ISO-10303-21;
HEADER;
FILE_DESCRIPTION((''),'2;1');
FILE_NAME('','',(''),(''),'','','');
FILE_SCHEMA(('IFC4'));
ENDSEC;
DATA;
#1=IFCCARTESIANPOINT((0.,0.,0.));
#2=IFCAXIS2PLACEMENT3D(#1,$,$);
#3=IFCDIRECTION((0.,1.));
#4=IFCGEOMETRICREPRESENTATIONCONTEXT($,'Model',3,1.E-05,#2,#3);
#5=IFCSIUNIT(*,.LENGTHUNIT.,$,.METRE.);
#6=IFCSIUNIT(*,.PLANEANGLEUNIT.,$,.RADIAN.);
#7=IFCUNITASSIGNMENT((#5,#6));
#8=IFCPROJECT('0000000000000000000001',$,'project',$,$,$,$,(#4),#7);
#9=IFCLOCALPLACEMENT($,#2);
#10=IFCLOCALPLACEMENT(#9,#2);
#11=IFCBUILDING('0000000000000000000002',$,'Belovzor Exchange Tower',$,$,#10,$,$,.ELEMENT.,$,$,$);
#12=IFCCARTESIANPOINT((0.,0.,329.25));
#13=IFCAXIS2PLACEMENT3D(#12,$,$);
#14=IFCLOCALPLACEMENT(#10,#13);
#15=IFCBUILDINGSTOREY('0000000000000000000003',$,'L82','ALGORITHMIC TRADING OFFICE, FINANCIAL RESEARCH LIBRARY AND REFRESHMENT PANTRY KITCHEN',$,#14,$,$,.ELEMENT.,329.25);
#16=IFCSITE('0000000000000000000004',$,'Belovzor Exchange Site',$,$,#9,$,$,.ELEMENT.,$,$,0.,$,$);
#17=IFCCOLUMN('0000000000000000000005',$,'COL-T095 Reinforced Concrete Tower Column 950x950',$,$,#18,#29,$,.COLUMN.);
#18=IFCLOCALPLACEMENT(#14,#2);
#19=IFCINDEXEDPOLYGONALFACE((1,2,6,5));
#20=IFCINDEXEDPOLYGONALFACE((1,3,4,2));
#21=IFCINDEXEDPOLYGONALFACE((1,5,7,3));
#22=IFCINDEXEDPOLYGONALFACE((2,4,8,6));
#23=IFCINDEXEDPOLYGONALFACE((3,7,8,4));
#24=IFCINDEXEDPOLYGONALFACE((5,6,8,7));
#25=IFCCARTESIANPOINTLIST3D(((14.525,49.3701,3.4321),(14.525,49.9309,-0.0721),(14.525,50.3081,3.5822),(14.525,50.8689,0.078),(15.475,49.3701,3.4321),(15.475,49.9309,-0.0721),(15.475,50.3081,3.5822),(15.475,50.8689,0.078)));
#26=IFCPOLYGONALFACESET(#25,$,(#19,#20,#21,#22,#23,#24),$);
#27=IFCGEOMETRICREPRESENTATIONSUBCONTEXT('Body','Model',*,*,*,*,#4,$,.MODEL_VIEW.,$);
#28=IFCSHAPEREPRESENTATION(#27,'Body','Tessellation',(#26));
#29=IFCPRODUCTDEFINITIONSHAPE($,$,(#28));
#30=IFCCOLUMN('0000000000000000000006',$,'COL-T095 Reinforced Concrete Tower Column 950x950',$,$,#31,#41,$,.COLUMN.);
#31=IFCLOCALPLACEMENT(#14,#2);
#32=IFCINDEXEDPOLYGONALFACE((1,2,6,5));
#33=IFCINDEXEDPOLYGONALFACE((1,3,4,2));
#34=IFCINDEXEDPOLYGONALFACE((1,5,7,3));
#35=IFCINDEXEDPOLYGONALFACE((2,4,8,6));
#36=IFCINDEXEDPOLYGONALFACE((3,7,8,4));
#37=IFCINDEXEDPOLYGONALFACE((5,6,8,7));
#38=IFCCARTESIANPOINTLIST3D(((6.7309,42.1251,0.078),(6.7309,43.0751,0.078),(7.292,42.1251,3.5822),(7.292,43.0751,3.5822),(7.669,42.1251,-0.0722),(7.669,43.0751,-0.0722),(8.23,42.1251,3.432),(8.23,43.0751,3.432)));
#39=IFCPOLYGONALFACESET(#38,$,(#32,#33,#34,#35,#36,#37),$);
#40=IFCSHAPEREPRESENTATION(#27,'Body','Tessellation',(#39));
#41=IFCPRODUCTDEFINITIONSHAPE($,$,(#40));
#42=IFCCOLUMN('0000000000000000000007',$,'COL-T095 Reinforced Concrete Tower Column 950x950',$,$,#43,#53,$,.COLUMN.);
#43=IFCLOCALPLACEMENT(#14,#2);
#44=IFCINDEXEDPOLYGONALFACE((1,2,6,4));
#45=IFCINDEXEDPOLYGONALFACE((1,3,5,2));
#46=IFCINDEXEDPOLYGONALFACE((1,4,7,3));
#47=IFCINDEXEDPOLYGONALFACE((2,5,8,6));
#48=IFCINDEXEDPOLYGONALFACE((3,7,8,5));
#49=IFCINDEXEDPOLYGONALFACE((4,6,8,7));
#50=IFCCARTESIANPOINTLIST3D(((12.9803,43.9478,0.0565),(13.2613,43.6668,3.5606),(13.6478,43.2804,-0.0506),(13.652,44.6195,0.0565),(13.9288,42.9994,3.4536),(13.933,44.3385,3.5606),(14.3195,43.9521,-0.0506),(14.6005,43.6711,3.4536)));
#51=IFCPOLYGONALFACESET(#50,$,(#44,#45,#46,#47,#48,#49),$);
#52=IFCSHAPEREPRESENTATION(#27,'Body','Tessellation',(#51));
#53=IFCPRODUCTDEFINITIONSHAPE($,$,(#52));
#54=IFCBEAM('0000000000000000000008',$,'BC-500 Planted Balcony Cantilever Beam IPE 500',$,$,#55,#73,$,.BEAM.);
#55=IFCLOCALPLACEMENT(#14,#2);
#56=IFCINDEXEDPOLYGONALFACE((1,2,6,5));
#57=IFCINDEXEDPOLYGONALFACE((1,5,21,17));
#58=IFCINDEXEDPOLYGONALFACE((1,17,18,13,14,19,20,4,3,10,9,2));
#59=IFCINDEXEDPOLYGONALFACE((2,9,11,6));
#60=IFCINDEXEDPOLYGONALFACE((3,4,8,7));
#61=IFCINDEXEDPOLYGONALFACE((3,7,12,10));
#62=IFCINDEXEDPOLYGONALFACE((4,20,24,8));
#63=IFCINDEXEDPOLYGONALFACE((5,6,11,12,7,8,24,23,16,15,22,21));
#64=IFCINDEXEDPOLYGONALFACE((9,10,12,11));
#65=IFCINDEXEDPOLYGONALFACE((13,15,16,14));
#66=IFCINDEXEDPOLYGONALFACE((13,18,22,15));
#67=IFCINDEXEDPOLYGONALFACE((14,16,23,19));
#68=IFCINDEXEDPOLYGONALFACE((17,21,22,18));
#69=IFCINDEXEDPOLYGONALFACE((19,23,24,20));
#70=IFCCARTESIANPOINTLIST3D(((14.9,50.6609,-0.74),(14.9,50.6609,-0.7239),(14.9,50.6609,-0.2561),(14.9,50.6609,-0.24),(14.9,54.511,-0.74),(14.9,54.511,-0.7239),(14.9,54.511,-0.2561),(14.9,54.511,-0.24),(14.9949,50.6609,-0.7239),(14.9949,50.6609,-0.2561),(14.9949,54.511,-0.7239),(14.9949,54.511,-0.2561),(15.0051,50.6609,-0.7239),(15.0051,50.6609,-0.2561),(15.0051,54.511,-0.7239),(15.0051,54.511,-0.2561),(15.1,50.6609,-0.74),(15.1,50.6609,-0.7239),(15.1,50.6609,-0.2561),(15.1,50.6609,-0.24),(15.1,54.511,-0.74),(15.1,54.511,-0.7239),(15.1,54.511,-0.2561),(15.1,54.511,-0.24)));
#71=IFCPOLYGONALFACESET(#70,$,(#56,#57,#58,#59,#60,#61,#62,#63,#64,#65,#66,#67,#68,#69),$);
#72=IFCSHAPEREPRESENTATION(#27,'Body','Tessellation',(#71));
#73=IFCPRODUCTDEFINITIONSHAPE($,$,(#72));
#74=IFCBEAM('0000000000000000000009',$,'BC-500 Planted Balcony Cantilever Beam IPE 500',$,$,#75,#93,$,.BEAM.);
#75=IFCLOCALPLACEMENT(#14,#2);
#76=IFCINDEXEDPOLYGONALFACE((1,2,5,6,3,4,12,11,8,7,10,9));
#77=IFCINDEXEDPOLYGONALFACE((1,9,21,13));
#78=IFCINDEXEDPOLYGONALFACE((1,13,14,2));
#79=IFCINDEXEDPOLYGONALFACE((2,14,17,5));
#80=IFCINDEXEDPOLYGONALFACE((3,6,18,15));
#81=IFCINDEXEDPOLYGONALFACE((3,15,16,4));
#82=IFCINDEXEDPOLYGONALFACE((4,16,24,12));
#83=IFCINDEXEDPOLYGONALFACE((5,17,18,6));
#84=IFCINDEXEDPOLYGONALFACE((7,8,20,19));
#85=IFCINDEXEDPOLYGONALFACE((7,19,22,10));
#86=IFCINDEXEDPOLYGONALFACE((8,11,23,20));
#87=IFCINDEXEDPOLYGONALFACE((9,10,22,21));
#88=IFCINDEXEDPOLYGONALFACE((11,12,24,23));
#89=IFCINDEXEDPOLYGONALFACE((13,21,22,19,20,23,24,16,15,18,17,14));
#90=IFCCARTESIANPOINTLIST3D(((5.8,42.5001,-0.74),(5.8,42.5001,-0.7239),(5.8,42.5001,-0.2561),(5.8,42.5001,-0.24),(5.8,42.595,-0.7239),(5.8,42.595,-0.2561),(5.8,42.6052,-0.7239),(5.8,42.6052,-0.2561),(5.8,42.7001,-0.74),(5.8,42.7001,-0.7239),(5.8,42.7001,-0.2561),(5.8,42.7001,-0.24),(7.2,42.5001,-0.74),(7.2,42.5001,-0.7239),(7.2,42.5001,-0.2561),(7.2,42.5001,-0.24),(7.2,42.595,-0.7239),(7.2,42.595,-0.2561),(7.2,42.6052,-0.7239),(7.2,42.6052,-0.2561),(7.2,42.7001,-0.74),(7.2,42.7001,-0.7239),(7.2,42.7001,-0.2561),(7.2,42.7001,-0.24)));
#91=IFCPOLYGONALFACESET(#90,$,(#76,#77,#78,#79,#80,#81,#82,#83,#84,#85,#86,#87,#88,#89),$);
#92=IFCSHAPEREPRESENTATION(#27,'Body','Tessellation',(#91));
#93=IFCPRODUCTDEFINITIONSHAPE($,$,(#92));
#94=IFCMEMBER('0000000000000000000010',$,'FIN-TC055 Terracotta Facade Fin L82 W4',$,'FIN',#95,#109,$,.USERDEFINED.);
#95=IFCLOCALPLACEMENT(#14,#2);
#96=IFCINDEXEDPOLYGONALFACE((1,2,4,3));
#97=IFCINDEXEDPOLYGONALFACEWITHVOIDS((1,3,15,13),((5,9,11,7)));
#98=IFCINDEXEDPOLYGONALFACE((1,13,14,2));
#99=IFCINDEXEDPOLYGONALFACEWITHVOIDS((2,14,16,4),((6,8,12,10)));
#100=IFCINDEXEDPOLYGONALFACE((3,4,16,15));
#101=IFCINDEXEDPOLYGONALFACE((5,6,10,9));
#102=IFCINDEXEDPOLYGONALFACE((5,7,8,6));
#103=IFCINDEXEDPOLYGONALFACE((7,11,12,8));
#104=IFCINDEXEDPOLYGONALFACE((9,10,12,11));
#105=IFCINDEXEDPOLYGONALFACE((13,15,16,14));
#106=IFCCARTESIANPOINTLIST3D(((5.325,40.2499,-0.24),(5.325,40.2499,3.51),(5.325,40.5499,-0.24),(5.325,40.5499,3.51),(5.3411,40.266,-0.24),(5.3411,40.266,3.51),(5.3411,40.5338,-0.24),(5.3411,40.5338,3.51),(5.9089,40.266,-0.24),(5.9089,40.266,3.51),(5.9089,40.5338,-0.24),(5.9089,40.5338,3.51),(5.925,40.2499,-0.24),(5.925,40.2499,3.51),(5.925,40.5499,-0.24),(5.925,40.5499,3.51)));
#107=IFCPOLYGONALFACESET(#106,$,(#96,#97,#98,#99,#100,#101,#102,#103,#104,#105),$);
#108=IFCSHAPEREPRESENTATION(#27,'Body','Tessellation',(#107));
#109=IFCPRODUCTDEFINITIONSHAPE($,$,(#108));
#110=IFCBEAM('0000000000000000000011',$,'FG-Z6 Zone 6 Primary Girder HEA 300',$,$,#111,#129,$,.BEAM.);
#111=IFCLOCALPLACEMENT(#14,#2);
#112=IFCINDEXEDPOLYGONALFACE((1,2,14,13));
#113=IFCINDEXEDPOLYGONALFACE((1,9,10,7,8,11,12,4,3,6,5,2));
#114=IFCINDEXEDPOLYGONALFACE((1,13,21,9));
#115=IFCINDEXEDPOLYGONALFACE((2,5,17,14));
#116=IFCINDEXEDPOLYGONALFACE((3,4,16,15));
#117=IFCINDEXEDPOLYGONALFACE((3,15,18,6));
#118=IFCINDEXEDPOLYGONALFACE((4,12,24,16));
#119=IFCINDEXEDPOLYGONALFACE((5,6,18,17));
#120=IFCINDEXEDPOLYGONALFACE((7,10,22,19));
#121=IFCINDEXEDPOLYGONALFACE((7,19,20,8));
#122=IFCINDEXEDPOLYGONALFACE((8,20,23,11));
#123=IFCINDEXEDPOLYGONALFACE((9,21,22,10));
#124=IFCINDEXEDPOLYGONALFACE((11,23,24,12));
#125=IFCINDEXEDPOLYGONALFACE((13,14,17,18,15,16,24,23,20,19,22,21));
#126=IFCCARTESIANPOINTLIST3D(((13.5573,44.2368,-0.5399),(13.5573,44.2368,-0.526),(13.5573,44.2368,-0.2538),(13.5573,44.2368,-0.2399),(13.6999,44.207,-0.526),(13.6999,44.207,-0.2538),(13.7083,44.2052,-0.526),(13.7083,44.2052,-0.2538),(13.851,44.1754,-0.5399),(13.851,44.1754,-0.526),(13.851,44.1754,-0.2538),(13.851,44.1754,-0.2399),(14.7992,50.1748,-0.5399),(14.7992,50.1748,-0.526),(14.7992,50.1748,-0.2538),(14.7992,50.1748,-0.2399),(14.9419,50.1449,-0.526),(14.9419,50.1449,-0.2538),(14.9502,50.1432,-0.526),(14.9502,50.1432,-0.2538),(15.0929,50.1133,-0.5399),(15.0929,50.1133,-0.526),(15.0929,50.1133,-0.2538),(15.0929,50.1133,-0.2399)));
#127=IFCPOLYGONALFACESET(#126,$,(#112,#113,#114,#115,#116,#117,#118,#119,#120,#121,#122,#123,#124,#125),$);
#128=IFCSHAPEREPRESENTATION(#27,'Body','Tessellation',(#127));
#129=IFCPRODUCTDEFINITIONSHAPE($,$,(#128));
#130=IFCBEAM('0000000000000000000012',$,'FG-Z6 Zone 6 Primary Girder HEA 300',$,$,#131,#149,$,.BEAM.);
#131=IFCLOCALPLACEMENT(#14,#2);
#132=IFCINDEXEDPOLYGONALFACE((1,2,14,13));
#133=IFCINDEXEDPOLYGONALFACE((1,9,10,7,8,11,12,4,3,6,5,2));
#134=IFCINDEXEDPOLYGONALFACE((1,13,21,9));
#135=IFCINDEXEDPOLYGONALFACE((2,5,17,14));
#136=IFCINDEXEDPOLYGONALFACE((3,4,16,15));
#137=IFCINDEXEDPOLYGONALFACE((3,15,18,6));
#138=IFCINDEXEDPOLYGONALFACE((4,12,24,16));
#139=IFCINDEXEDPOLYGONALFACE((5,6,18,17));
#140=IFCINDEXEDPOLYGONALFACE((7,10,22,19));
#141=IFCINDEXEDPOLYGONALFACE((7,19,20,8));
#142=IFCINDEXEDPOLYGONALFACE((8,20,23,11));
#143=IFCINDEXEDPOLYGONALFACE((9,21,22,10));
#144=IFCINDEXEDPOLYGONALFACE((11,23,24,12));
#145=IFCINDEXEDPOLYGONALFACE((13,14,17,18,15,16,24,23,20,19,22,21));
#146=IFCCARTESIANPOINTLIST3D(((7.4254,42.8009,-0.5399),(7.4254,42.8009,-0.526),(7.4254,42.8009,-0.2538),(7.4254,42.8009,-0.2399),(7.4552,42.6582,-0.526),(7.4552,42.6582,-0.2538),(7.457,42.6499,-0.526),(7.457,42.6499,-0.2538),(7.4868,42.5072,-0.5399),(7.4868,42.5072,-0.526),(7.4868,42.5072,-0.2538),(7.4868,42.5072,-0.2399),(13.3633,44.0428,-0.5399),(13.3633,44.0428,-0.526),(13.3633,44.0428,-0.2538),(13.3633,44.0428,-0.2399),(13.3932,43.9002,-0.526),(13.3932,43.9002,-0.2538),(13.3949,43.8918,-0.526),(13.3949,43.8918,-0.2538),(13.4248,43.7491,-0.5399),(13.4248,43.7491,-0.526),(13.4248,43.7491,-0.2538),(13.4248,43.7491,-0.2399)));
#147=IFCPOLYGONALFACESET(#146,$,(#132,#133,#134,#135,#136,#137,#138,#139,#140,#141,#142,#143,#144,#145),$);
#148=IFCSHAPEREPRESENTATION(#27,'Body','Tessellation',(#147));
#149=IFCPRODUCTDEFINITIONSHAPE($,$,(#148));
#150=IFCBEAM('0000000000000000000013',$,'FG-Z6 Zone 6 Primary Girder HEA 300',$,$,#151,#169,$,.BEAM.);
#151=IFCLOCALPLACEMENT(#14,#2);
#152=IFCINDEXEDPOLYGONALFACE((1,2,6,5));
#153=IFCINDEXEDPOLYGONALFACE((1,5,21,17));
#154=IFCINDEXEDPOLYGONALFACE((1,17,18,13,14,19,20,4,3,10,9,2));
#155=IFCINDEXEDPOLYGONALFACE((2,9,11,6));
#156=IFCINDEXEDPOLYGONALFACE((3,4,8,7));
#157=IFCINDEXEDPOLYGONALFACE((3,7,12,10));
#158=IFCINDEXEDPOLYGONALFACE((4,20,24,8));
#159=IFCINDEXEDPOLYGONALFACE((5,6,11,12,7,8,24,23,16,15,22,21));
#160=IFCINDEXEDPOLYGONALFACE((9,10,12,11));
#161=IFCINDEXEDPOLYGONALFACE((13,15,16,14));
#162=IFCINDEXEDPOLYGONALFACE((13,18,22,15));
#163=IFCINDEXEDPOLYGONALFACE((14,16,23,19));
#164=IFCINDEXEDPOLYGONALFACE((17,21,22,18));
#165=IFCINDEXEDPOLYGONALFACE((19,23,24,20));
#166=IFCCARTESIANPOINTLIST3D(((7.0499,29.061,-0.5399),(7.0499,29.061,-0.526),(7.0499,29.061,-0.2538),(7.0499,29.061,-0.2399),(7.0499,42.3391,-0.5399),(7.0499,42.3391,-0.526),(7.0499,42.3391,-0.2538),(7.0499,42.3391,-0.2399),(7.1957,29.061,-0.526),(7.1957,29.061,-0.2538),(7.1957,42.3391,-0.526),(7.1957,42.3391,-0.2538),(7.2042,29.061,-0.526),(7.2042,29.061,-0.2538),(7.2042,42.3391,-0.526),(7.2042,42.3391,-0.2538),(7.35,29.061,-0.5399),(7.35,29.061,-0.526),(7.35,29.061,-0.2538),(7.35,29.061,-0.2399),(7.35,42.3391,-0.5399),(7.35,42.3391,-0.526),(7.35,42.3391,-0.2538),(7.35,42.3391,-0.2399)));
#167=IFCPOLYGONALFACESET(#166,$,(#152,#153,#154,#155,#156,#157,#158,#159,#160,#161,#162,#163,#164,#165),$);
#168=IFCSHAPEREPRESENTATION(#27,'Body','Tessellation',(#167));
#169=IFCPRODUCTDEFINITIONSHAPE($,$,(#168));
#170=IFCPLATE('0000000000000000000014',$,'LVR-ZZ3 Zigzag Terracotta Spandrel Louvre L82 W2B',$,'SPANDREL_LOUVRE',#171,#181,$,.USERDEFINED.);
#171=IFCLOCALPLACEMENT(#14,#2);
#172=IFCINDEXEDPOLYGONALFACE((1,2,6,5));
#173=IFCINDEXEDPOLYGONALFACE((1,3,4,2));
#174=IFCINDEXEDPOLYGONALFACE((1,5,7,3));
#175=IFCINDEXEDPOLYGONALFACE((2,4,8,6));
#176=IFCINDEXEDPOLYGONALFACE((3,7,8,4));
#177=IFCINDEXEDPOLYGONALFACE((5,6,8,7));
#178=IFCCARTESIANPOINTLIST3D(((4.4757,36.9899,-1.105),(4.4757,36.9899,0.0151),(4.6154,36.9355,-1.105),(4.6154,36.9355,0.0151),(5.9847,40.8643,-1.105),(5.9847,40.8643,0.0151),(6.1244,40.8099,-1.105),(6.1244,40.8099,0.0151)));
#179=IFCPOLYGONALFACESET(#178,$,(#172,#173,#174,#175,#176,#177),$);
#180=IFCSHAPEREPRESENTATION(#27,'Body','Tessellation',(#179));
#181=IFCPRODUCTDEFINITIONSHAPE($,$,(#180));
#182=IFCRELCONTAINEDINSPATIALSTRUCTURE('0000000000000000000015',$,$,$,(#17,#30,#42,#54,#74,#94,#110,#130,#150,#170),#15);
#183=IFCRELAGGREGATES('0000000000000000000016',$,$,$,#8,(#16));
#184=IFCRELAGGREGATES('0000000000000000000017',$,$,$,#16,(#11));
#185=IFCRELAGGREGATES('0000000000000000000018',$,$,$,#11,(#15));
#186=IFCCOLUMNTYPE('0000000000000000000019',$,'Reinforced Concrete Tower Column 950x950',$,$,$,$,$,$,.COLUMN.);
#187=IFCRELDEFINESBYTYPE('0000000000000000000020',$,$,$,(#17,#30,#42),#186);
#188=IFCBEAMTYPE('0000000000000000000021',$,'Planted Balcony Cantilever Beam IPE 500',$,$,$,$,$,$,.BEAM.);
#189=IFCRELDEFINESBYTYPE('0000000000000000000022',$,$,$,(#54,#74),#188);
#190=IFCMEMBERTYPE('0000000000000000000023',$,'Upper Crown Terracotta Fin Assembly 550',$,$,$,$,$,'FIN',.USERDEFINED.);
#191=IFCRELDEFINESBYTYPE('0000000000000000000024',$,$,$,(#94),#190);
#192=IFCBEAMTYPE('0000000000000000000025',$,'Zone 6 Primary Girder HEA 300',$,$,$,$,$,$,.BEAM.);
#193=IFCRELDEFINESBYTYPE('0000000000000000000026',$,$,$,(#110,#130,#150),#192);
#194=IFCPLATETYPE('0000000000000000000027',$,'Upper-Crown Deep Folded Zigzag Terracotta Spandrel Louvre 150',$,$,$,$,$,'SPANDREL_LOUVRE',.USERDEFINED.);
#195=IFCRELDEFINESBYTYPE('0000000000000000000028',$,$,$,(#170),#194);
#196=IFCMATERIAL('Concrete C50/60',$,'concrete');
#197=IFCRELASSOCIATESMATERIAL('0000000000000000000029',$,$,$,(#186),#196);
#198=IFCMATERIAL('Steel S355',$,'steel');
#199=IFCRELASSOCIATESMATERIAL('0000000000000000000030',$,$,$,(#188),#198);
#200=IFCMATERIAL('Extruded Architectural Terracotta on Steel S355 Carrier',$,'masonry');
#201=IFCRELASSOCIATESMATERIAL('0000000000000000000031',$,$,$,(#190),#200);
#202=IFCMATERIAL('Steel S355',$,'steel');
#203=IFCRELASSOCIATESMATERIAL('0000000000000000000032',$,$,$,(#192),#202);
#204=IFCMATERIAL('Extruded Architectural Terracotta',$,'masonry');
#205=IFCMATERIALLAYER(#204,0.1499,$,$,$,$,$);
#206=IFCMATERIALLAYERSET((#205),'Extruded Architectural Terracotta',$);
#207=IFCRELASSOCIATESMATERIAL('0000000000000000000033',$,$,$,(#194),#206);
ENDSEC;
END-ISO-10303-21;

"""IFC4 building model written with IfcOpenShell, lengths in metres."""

from ifc_helpers import new_model, si_unit, direction, frame, origin, origin_2d, place, context, subcontext, project, spatial, rectangle, hollow_rectangle, i_section, extrude, material, layer, layer_set, material_profile, profile_set, type_object, element, save


model = new_model("IFC4")

# Units and contexts
model_context = context("Model", 3, precision=1e-05, world=origin(), true_north=direction((0.0, 1.0)))
body_context = subcontext(model_context, "Body", "Model", "MODEL_VIEW")
ifc_project = project(units=[si_unit("LENGTHUNIT", "METRE"), si_unit("PLANEANGLEUNIT", "RADIAN")], contexts=[model_context])

# Site, building, storey
site_placement = place(None, origin())
site = spatial("IfcSite", under=ifc_project, at=site_placement, Name="Belovzor Exchange Site", CompositionType="ELEMENT", RefElevation=0.0)
building_placement = place(site_placement, origin())
building = spatial("IfcBuilding", under=site, at=building_placement, Name="Belovzor Exchange Tower", CompositionType="ELEMENT")
storey_placement = place(building_placement, frame((0.0, 0.0, 329.25)))
storey = spatial("IfcBuildingStorey", under=building, at=storey_placement, Name="L82", Description="ALGORITHMIC TRADING OFFICE, FINANCIAL RESEARCH LIBRARY AND REFRESHMENT PANTRY KITCHEN", CompositionType="ELEMENT", Elevation=329.25)

# Columns
ifc_material_1 = material(Name="Concrete C50/60", Category="concrete")
ifc_material_profile_1 = material_profile(ifc_material_1, rectangle(XDim=0.95, YDim=0.95, at=origin_2d()))
ifc_profile_set_1 = profile_set([ifc_material_profile_1], Name="Concrete C50/60")
column_type = type_object("IfcColumnType", Name="Reinforced Concrete Tower Column 950x950", PredefinedType="COLUMN", material=ifc_profile_set_1)
for number, where, z_axis, x_axis, name in (
    (1, (15.0, 50.3999, 0.0029), (0.0, -0.158025, 0.987435), (1.0, 0.0, 0.0), "COL-T095 Reinforced Concrete Tower Column 950x950"),
    (2, (7.2, 42.6001, 0.0029), (0.158092, 0.0, 0.987424), (0.0, 1.0, 0.0), "COL-T095 Reinforced Concrete Tower Column 950x950"),
):
    element("IfcColumn", number, at=place(storey_placement, frame(where, z_axis=z_axis, x_axis=x_axis)), inside=storey, type_object=column_type, Name=name, PredefinedType="COLUMN", context=body_context, shape_type="SweptSolid", body=[
        extrude(rectangle(XDim=0.95, YDim=0.95, at=origin_2d()), origin(), (0.0, 0.0, 1.0), 3.5488),
    ])
column_placement = place(storey_placement, frame((13.6499, 43.95, 0.0029), z_axis=(0.079682, -0.079682, 0.993631), x_axis=(0.707107, 0.707107, 0.0)))
element("IfcColumn", 3, at=column_placement, inside=storey, type_object=column_type, Name="COL-T095 Reinforced Concrete Tower Column 950x950", PredefinedType="COLUMN", context=body_context, shape_type="SweptSolid", body=[
    extrude(rectangle(XDim=0.95, YDim=0.95, at=origin_2d()), origin(), (0.0, 0.0, 1.0), 3.5266),
])

# Beams
ifc_material_2 = material(Name="Steel S355", Category="steel")
ifc_material_profile_2 = material_profile(ifc_material_2, i_section(OverallWidth=0.2, OverallDepth=0.5, WebThickness=0.0103, FlangeThickness=0.0161, at=origin_2d()))
ifc_profile_set_2 = profile_set([ifc_material_profile_2], Name="Steel S355")
beam_type_1 = type_object("IfcBeamType", Name="Planted Balcony Cantilever Beam IPE 500", PredefinedType="BEAM", material=ifc_profile_set_2)
beam_1_placement = place(storey_placement, frame((15.0, 50.6609, -0.49), z_axis=(0.0, 1.0, 0.0), x_axis=(-1.0, 0.0, 0.0)))
element("IfcBeam", 4, at=beam_1_placement, inside=storey, type_object=beam_type_1, Name="BC-500 Planted Balcony Cantilever Beam IPE 500", PredefinedType="BEAM", context=body_context, shape_type="SweptSolid", body=[
    extrude(i_section(OverallWidth=0.2, OverallDepth=0.5, WebThickness=0.0103, FlangeThickness=0.0161, at=origin_2d()), origin(), (0.0, 0.0, 1.0), 3.8501),
])
beam_2_placement = place(storey_placement, frame((7.2, 42.6001, -0.49), z_axis=(-1.0, 0.0, 0.0), x_axis=(0.0, -1.0, 0.0)))
element("IfcBeam", 5, at=beam_2_placement, inside=storey, type_object=beam_type_1, Name="BC-500 Planted Balcony Cantilever Beam IPE 500", PredefinedType="BEAM", context=body_context, shape_type="SweptSolid", body=[
    extrude(i_section(OverallWidth=0.2, OverallDepth=0.5, WebThickness=0.0103, FlangeThickness=0.0161, at=origin_2d()), origin(), (0.0, 0.0, 1.0), 1.3999),
])

# Member
ifc_material_3 = material(Name="Extruded Architectural Terracotta on Steel S355 Carrier", Category="masonry")
ifc_material_profile_3 = material_profile(ifc_material_3, hollow_rectangle(XDim=0.3, YDim=0.6001, WallThickness=0.0161, at=origin_2d()))
ifc_profile_set_3 = profile_set([ifc_material_profile_3], Name="Extruded Architectural Terracotta on Steel S355 Carrier")
member_type = type_object("IfcMemberType", Name="Upper Crown Terracotta Fin Assembly 550", ElementType="FIN", PredefinedType="USERDEFINED", material=ifc_profile_set_3)
member_placement = place(storey_placement, frame((5.625, 40.3999, -0.24), z_axis=(0.0, 0.0, 1.0), x_axis=(0.0, 1.0, 0.0)))
element("IfcMember", 6, at=member_placement, inside=storey, type_object=member_type, Name="FIN-TC055 Terracotta Facade Fin L82 W4", ObjectType="FIN", PredefinedType="USERDEFINED", context=body_context, shape_type="SweptSolid", body=[
    extrude(hollow_rectangle(XDim=0.3, YDim=0.6001, WallThickness=0.0161, at=origin_2d()), origin(), (0.0, 0.0, 1.0), 3.75),
])

# Beams
ifc_material_4 = material(Name="Steel S355", Category="steel")
ifc_material_profile_4 = material_profile(ifc_material_4, i_section(OverallWidth=0.3, OverallDepth=0.3, WebThickness=0.0085, FlangeThickness=0.0139, at=origin_2d()))
ifc_profile_set_4 = profile_set([ifc_material_profile_4], Name="Steel S355")
beam_type_2 = type_object("IfcBeamType", Name="Zone 6 Primary Girder HEA 300", PredefinedType="BEAM", material=ifc_profile_set_4)
for number, where, z_axis, x_axis, name in (
    (7, (14.946, 50.144, -0.3899), (-0.204722, -0.97882, 0.0), (0.97882, -0.204722, 0.0), "FG-Z6 Zone 6 Primary Girder HEA 300"),
    (8, (13.394, 43.896, -0.3899), (-0.97882, -0.204722, 0.0), (0.204722, -0.97882, 0.0), "FG-Z6 Zone 6 Primary Girder HEA 300"),
):
    element("IfcBeam", number, at=place(storey_placement, frame(where, z_axis=z_axis, x_axis=x_axis)), inside=storey, type_object=beam_type_2, Name=name, PredefinedType="BEAM", context=body_context, shape_type="SweptSolid", body=[
        extrude(i_section(OverallWidth=0.3, OverallDepth=0.3, WebThickness=0.0085, FlangeThickness=0.0139, at=origin_2d()), origin(), (0.0, 0.0, 1.0), 6.0664),
    ])
beam_3_placement = place(storey_placement, frame((7.2, 42.3391, -0.3899), z_axis=(0.0, -1.0, 0.0), x_axis=(1.0, 0.0, 0.0)))
element("IfcBeam", 9, at=beam_3_placement, inside=storey, type_object=beam_type_2, Name="FG-Z6 Zone 6 Primary Girder HEA 300", PredefinedType="BEAM", context=body_context, shape_type="SweptSolid", body=[
    extrude(i_section(OverallWidth=0.3, OverallDepth=0.3, WebThickness=0.0085, FlangeThickness=0.0139, at=origin_2d()), origin(), (0.0, 0.0, 1.0), 13.2781),
])

# Plate
ifc_material_5 = material(Name="Extruded Architectural Terracotta", Category="masonry")
ifc_layer_1 = layer(ifc_material_5, 0.1499)
ifc_layer_set_1 = layer_set([ifc_layer_1], Name="Extruded Architectural Terracotta")
plate_type = type_object("IfcPlateType", Name="Upper-Crown Deep Folded Zigzag Terracotta Spandrel Louvre 150", ElementType="SPANDREL_LOUVRE", PredefinedType="USERDEFINED", material=ifc_layer_set_1)
plate_placement = place(storey_placement, frame((5.3, 38.8999, -1.105), z_axis=(0.0, 0.0, 1.0), x_axis=(0.362926, 0.931818, 0.0)))
element("IfcPlate", 10, at=plate_placement, inside=storey, type_object=plate_type, Name="LVR-ZZ3 Zigzag Terracotta Spandrel Louvre L82 W2B", ObjectType="SPANDREL_LOUVRE", PredefinedType="USERDEFINED", context=body_context, shape_type="SweptSolid", body=[
    extrude(rectangle(XDim=4.158, YDim=0.1499, at=origin_2d()), origin(), (0.0, 0.0, 1.0), 1.1201),
])

save(model, "model.ifc")
